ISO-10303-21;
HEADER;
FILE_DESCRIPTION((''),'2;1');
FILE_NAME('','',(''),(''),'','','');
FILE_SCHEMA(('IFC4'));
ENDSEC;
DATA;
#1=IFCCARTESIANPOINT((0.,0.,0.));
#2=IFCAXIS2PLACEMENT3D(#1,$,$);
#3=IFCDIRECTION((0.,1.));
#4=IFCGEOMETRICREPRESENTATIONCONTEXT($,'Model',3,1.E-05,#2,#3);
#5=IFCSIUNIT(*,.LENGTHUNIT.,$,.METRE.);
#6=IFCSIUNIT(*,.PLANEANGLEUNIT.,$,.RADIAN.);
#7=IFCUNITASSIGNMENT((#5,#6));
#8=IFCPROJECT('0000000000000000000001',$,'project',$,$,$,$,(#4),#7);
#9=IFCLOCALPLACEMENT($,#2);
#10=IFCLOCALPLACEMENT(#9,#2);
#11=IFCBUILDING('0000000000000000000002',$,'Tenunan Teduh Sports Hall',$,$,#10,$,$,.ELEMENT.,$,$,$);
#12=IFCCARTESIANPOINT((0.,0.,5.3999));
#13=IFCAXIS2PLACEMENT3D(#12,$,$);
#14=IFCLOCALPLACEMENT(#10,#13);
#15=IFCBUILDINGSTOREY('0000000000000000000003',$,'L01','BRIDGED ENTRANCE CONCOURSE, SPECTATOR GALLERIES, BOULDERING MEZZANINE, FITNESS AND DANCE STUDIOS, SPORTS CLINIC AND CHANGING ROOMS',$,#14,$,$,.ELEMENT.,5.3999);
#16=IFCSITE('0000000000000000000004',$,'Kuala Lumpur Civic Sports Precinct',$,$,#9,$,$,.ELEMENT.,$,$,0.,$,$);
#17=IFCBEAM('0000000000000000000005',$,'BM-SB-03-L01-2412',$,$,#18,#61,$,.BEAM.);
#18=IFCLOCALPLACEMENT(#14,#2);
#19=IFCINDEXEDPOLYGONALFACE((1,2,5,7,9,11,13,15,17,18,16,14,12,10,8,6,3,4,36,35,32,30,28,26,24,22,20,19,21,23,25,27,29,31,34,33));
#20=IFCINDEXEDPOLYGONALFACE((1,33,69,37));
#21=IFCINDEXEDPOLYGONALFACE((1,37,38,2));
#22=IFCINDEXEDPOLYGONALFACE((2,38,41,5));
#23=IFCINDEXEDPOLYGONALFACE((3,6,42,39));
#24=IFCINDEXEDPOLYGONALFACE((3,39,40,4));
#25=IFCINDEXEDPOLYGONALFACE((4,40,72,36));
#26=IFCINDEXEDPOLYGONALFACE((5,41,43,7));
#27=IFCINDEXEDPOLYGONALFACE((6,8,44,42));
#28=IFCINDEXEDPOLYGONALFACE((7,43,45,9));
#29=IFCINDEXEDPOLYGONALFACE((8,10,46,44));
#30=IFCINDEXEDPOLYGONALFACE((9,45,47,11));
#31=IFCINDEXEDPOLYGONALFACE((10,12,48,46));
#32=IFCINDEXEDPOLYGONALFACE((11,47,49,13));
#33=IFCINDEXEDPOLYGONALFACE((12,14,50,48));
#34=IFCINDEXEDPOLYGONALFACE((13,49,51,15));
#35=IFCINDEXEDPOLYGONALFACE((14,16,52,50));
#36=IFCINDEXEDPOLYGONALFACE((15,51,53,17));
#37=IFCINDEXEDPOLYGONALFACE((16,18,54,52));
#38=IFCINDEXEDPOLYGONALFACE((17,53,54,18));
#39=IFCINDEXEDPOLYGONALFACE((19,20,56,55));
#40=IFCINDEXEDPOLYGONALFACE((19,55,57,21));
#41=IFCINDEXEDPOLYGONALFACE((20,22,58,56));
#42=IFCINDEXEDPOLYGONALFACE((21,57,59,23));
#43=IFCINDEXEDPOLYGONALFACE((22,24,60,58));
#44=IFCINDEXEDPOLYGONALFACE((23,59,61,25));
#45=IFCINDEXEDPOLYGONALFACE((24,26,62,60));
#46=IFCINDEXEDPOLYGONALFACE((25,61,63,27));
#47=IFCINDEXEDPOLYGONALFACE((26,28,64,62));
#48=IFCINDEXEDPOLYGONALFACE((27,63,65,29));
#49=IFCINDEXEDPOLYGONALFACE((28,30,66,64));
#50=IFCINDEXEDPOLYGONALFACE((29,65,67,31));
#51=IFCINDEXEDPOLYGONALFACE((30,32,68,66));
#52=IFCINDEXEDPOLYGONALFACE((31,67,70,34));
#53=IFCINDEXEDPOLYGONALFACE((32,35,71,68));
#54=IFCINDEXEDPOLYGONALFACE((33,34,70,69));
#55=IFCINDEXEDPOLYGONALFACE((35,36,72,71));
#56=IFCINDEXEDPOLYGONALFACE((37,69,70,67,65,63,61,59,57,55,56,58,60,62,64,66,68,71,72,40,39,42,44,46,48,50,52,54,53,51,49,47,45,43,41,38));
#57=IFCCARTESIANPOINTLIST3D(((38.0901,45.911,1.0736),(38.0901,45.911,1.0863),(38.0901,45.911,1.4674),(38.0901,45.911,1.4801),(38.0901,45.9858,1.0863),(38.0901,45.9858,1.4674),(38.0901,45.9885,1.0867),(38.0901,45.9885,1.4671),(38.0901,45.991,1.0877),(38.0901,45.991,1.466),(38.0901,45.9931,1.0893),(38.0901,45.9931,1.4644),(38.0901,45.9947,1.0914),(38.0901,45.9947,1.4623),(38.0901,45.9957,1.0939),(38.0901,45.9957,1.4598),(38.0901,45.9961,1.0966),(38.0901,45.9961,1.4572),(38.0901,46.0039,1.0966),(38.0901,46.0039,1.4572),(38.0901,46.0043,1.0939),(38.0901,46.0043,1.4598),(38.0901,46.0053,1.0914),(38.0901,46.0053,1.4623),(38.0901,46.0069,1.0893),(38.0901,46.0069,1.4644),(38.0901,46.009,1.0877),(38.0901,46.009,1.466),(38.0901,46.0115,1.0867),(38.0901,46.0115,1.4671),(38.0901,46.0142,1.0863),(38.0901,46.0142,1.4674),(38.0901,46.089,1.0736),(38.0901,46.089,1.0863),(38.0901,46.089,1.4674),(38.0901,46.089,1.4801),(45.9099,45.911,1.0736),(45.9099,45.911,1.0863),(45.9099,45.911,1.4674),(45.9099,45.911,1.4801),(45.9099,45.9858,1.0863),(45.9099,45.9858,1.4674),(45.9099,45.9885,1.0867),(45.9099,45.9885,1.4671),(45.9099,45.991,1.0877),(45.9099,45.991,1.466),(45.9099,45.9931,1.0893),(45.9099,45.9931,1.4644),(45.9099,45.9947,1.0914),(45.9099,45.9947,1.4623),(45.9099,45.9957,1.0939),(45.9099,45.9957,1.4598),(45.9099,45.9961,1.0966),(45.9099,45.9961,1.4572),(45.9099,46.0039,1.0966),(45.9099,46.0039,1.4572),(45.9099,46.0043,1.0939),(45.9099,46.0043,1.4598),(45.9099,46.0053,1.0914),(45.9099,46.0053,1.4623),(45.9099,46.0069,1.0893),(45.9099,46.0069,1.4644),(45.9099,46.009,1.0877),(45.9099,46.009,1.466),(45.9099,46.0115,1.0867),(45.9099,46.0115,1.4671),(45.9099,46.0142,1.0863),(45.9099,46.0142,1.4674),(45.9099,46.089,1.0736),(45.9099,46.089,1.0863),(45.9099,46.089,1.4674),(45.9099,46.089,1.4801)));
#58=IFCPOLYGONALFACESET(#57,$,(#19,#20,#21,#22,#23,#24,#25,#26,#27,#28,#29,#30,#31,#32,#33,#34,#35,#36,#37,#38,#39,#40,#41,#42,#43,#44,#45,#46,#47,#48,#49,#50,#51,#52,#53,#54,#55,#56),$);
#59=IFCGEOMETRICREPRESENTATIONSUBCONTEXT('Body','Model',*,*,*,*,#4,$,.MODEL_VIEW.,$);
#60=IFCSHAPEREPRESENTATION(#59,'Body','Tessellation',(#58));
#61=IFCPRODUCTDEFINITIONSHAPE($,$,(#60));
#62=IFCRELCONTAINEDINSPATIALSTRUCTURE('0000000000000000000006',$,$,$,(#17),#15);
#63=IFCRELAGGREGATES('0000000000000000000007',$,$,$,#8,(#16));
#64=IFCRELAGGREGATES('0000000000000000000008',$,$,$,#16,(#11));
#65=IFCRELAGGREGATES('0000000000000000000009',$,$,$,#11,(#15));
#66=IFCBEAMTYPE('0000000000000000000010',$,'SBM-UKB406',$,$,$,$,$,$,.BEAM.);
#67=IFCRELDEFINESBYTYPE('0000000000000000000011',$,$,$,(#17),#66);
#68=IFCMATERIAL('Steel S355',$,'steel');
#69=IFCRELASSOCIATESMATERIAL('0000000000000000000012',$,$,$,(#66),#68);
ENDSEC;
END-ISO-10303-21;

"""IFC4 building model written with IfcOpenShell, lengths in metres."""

from ifc_helpers import new_model, si_unit, direction, frame, origin, origin_2d, place, context, subcontext, project, spatial, i_section, extrude, material, material_profile, profile_set, type_object, element, save


model = new_model("IFC4")

# Units and contexts
model_context = context("Model", 3, precision=1e-05, world=origin(), true_north=direction((0.0, 1.0)))
body_context = subcontext(model_context, "Body", "Model", "MODEL_VIEW")
ifc_project = project(units=[si_unit("LENGTHUNIT", "METRE"), si_unit("PLANEANGLEUNIT", "RADIAN")], contexts=[model_context])

# Site, building, storey
site_placement = place(None, origin())
site = spatial("IfcSite", under=ifc_project, at=site_placement, Name="Kuala Lumpur Civic Sports Precinct", CompositionType="ELEMENT", RefElevation=0.0)
building_placement = place(site_placement, origin())
building = spatial("IfcBuilding", under=site, at=building_placement, Name="Tenunan Teduh Sports Hall", CompositionType="ELEMENT")
storey_placement = place(building_placement, frame((0.0, 0.0, 5.3999)))
storey = spatial("IfcBuildingStorey", under=building, at=storey_placement, Name="L01", Description="BRIDGED ENTRANCE CONCOURSE, SPECTATOR GALLERIES, BOULDERING MEZZANINE, FITNESS AND DANCE STUDIOS, SPORTS CLINIC AND CHANGING ROOMS", CompositionType="ELEMENT", Elevation=5.3999)

# Beam
ifc_material_1 = material(Name="Steel S355", Category="steel")
ifc_material_profile_1 = material_profile(ifc_material_1, i_section(OverallWidth=0.178, OverallDepth=0.4065, WebThickness=0.0078, FlangeThickness=0.0127, FilletRadius=0.0103, at=origin_2d()), Name="UKB 406x178x60")
ifc_profile_set_1 = profile_set([ifc_material_profile_1], Name="Steel S355")
beam_type_1 = type_object("IfcBeamType", Name="SBM-UKB406", PredefinedType="BEAM", material=ifc_profile_set_1)
beam_1_placement = place(storey_placement, frame((38.0901, 46.0, 1.2769), z_axis=(1.0, 0.0, 0.0), x_axis=(0.0, 1.0, 0.0)))
element("IfcBeam", 1, at=beam_1_placement, inside=storey, type_object=beam_type_1, Name="BM-SB-03-L01-2412", PredefinedType="BEAM", context=body_context, shape_type="SweptSolid", body=[
    extrude(i_section(OverallWidth=0.178, OverallDepth=0.4065, WebThickness=0.0078, FlangeThickness=0.0127, FilletRadius=0.0103, at=origin_2d()), origin(), (0.0, 0.0, 1.0), 7.8198),
])

save(model, "model.ifc")
